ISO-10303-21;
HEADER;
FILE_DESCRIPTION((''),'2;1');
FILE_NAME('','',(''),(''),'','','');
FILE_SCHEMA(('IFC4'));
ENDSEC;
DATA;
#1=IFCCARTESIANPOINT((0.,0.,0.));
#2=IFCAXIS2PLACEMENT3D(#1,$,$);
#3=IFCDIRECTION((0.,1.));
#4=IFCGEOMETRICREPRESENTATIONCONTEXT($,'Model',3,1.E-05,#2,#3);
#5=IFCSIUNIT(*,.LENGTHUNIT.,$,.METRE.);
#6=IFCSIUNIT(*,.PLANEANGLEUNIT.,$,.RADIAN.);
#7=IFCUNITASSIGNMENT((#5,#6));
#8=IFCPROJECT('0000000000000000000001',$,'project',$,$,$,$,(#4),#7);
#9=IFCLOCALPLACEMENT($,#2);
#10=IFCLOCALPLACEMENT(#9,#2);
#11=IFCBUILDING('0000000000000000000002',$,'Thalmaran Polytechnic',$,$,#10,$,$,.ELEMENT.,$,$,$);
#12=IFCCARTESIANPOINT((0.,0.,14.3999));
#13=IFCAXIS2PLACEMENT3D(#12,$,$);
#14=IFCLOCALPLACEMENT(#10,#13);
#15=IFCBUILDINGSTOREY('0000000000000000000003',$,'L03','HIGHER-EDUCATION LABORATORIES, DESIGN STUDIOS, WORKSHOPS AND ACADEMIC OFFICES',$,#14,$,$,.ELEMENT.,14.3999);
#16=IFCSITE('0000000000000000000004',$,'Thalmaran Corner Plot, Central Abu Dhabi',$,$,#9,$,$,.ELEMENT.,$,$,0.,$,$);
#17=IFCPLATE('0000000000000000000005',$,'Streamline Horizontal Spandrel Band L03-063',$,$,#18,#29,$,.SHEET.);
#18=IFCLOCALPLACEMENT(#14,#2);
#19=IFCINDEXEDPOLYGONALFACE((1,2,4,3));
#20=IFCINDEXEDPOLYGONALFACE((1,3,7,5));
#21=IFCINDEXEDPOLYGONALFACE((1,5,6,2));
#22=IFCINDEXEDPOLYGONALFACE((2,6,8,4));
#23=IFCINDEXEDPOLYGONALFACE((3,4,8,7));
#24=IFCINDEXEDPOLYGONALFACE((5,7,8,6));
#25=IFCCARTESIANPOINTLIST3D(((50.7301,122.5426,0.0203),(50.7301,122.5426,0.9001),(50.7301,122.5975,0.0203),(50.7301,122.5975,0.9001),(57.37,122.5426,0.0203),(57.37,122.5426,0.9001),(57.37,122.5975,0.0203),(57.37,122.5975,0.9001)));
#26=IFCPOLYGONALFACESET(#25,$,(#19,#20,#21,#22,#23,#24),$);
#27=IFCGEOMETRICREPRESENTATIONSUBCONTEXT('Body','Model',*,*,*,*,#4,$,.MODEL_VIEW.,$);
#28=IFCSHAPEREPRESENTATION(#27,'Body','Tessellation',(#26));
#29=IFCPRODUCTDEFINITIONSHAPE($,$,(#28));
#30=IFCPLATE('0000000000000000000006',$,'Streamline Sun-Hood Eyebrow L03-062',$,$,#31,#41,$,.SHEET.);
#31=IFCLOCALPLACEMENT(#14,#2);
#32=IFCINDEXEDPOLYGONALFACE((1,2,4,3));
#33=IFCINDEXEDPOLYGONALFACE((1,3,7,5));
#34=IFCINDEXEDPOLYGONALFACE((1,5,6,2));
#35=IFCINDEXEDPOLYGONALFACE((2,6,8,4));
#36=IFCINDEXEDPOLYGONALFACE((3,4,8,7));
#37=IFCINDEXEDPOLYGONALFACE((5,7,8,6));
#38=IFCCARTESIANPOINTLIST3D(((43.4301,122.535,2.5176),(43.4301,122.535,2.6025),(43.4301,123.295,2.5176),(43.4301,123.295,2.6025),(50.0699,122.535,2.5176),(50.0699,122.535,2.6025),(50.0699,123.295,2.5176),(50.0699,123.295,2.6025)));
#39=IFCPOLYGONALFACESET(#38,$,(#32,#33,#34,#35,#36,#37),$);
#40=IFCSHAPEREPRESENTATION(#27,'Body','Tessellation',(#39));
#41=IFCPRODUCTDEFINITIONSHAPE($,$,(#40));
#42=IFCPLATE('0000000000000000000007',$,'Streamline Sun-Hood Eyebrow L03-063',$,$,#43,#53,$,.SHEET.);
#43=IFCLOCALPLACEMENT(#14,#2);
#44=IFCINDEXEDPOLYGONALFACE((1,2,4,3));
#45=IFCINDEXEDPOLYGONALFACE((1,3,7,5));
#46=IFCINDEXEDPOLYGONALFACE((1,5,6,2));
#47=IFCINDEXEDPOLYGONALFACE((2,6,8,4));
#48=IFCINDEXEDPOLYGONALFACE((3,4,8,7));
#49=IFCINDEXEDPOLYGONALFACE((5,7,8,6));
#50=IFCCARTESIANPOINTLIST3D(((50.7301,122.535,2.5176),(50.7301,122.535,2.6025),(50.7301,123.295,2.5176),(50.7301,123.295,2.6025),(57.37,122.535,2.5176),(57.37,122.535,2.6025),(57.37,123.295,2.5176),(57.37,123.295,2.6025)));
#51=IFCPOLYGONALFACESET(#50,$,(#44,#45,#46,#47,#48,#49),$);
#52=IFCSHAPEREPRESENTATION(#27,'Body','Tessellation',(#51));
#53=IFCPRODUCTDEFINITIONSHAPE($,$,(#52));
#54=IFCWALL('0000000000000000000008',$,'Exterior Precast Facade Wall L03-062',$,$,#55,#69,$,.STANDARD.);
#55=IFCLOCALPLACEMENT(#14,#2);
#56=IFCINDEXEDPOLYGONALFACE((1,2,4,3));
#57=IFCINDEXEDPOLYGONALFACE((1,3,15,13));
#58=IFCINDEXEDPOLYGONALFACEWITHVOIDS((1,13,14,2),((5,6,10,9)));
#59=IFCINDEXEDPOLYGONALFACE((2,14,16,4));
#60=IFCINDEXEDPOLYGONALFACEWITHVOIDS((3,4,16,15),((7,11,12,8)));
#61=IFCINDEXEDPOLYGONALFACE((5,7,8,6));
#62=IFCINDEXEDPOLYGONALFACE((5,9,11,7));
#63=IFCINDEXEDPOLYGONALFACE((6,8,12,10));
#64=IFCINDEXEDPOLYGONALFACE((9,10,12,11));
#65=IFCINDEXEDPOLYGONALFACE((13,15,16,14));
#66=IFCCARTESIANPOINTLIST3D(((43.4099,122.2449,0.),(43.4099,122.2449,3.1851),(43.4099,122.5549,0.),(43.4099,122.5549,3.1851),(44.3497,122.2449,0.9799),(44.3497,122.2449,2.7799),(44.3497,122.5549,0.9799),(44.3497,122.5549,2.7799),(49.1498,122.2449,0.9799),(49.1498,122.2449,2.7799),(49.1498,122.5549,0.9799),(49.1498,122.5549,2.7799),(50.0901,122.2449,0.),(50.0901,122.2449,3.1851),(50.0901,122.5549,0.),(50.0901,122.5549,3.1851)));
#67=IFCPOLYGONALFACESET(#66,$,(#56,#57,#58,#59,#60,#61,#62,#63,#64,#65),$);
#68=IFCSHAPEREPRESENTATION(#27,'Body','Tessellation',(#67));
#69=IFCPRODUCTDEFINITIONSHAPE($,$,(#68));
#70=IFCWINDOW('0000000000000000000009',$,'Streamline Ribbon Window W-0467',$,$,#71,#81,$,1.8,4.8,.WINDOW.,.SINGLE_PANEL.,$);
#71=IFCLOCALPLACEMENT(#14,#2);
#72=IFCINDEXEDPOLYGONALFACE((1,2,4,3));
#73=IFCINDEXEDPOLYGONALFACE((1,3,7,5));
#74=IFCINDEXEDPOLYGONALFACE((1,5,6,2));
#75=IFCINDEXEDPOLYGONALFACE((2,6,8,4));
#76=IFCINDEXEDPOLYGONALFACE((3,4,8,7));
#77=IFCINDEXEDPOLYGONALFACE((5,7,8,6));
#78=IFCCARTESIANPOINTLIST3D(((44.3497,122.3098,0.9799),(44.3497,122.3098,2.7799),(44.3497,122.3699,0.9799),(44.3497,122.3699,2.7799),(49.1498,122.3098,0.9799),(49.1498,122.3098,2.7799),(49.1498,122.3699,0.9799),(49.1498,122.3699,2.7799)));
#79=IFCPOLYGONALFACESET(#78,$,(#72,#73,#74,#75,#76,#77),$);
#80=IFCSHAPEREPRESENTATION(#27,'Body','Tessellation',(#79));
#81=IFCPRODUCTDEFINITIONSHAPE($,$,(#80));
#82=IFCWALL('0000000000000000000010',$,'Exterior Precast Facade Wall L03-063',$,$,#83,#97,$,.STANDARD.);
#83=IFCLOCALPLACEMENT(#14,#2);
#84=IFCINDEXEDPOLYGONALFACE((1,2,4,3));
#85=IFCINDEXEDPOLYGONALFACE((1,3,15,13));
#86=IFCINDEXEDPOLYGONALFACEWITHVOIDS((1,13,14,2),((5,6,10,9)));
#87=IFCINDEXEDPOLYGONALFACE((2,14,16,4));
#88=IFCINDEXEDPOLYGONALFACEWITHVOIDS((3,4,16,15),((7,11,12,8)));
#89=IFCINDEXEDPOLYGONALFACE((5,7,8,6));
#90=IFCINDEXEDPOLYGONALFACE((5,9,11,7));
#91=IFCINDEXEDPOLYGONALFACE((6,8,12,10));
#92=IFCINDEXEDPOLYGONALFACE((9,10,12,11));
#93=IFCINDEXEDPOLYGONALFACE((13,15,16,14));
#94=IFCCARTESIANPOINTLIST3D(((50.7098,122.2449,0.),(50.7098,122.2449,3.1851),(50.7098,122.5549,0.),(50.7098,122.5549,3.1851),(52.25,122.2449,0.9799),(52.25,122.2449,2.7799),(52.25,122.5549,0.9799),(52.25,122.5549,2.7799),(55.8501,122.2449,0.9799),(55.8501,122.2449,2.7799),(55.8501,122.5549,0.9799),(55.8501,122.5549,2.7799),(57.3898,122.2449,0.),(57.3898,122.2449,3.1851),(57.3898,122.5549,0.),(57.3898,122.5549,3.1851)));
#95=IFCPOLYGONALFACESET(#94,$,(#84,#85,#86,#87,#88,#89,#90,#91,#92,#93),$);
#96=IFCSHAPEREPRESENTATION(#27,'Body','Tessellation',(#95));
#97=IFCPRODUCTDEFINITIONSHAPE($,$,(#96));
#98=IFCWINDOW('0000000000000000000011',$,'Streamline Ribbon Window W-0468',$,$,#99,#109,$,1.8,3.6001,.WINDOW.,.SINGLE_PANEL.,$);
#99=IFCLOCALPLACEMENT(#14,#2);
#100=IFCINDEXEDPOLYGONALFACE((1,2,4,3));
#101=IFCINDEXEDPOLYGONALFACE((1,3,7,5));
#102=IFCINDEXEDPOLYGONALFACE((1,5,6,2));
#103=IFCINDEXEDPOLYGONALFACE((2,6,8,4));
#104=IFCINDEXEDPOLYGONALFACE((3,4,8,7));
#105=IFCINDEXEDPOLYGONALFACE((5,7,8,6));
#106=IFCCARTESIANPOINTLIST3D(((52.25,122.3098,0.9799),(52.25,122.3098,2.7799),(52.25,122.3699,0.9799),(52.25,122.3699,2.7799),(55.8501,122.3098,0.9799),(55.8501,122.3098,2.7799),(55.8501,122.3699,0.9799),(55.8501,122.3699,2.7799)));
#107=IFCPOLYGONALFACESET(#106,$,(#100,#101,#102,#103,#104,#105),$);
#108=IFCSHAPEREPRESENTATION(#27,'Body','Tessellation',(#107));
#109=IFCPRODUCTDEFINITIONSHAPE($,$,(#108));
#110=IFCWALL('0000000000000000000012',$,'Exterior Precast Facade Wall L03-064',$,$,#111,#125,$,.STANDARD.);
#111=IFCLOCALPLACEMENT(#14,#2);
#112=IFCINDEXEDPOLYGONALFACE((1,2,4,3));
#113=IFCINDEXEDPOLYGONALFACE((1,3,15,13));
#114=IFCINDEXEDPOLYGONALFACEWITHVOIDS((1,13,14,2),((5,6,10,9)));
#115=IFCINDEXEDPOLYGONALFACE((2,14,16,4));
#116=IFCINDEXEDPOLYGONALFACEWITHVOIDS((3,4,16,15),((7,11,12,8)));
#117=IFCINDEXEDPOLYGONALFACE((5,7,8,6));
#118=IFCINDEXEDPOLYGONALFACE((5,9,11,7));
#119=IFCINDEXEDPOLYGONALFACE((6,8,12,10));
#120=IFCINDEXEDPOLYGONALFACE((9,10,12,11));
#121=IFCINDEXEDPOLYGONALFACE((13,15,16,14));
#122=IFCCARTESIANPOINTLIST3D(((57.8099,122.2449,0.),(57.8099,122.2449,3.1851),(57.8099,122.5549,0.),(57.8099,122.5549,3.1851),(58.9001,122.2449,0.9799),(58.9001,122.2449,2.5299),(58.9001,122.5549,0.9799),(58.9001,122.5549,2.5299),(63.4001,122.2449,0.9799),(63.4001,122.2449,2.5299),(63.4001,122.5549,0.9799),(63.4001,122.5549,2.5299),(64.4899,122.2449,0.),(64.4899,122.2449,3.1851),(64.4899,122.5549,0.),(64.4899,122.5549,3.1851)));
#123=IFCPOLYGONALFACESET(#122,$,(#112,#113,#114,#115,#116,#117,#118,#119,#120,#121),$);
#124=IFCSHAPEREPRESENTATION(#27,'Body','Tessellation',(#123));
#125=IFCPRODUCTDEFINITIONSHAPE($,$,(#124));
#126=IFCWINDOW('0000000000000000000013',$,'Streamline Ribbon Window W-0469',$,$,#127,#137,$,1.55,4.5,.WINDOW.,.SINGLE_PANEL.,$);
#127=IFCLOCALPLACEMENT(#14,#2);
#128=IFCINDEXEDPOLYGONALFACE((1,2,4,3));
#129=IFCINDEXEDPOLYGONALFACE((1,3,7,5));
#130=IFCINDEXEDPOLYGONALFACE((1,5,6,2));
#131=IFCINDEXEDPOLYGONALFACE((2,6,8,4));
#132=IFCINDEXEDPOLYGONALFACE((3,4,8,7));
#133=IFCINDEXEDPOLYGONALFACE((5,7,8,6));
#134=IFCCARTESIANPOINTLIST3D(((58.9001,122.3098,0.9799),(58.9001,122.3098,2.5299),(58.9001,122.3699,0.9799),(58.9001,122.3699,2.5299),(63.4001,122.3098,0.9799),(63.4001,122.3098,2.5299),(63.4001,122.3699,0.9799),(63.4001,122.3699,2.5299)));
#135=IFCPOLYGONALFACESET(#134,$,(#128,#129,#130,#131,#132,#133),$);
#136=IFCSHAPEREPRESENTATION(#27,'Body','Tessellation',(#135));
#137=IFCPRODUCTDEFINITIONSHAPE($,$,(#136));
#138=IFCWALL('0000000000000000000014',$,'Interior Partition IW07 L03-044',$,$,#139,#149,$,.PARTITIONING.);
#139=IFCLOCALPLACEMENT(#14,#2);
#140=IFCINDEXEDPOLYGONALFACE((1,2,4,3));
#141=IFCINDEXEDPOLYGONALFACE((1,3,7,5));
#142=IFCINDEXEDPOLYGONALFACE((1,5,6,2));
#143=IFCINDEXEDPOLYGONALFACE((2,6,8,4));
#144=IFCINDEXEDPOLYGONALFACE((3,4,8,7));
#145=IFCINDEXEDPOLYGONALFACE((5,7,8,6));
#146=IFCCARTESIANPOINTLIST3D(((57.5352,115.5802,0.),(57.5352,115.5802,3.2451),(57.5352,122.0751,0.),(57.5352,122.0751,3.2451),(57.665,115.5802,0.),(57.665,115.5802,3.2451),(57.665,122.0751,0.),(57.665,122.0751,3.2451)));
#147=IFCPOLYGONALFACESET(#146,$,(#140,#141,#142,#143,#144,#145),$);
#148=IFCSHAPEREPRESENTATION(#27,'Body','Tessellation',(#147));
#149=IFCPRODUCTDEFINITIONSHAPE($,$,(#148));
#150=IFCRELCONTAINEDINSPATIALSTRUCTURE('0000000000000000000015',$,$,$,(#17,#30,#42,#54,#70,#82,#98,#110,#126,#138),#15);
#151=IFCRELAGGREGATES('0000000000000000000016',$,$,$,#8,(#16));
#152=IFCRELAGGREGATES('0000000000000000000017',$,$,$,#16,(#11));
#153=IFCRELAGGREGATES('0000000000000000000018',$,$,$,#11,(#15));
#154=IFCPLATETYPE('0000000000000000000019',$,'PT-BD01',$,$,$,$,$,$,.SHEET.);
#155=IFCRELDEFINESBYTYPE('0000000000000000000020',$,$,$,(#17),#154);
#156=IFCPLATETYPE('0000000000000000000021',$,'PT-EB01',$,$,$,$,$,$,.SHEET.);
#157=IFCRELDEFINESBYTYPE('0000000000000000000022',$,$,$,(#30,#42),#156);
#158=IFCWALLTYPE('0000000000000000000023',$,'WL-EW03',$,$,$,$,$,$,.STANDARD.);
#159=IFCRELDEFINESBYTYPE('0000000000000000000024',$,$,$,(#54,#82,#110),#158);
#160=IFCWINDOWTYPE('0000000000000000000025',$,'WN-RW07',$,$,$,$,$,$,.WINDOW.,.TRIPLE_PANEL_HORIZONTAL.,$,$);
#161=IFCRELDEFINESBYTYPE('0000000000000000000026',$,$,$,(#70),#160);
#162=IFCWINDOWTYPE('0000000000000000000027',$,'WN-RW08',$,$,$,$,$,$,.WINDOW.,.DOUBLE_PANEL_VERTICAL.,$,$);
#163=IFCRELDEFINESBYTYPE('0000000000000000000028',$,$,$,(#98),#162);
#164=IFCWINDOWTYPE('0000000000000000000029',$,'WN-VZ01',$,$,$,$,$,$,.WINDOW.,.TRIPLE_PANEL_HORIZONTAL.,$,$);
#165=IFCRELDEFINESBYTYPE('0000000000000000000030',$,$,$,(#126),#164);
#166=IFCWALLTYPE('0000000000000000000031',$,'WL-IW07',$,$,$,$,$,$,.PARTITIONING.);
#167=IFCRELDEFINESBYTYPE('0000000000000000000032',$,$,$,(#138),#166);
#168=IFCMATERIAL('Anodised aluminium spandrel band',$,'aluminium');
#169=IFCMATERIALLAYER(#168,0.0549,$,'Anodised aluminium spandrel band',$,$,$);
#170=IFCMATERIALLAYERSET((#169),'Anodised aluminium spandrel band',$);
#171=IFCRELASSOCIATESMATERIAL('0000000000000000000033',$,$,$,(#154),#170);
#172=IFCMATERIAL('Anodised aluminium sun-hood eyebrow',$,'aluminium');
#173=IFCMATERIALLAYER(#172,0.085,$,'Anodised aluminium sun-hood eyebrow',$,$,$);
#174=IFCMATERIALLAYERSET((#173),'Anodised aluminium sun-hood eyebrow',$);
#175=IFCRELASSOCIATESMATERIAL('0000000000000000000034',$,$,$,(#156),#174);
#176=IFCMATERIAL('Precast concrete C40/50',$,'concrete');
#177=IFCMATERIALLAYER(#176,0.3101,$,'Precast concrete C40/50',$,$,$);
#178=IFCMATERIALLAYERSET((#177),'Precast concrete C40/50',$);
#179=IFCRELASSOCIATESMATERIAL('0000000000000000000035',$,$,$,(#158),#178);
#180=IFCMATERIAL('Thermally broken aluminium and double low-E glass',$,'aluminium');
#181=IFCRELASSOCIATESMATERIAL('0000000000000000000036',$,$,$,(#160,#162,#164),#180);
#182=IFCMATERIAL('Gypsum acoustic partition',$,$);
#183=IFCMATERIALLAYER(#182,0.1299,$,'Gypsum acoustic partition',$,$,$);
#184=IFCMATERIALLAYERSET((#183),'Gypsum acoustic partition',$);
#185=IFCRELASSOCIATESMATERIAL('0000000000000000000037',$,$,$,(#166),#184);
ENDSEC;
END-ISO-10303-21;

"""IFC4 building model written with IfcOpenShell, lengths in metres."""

from ifc_helpers import new_model, si_unit, direction, frame, frame_2d, origin, origin_2d, place, context, subcontext, project, spatial, rectangle, extrude, material, layer, layer_set, type_object, element, fill, save


model = new_model("IFC4")

# Units and contexts
model_context = context("Model", 3, precision=1e-05, world=origin(), true_north=direction((0.0, 1.0)))
body_context = subcontext(model_context, "Body", "Model", "MODEL_VIEW")
ifc_project = project(units=[si_unit("LENGTHUNIT", "METRE"), si_unit("PLANEANGLEUNIT", "RADIAN")], contexts=[model_context])

# Site, building, storey
site_placement = place(None, origin())
site = spatial("IfcSite", under=ifc_project, at=site_placement, Name="Thalmaran Corner Plot, Central Abu Dhabi", CompositionType="ELEMENT", RefElevation=0.0)
building_placement = place(site_placement, origin())
building = spatial("IfcBuilding", under=site, at=building_placement, Name="Thalmaran Polytechnic", CompositionType="ELEMENT")
storey_placement = place(building_placement, frame((0.0, 0.0, 14.3999)))
storey = spatial("IfcBuildingStorey", under=building, at=storey_placement, Name="L03", Description="HIGHER-EDUCATION LABORATORIES, DESIGN STUDIOS, WORKSHOPS AND ACADEMIC OFFICES", CompositionType="ELEMENT", Elevation=14.3999)

# Plates
ifc_material_1 = material(Name="Anodised aluminium spandrel band", Category="aluminium")
ifc_layer_1 = layer(ifc_material_1, 0.0549, Name="Anodised aluminium spandrel band")
ifc_layer_set_1 = layer_set([ifc_layer_1], Name="Anodised aluminium spandrel band")
plate_type_1 = type_object("IfcPlateType", Name="PT-BD01", PredefinedType="SHEET", material=ifc_layer_set_1)
for number, where, z_axis, x_axis, name in (
    (1, (54.05, 122.5701, 0.0203), (0.0, 0.0, 1.0), (1.0, 0.0, 0.0), "Streamline Horizontal Spandrel Band L03-063"),
):
    element("IfcPlate", number, at=place(storey_placement, frame(where, z_axis=z_axis, x_axis=x_axis)), inside=storey, type_object=plate_type_1, Name=name, PredefinedType="SHEET", context=body_context, shape_type="SweptSolid", body=[
        extrude(rectangle(XDim=6.6399, YDim=0.0549, at=origin_2d()), origin(), (0.0, 0.0, 1.0), 0.8799),
    ])
ifc_material_2 = material(Name="Anodised aluminium sun-hood eyebrow", Category="aluminium")
ifc_layer_2 = layer(ifc_material_2, 0.085, Name="Anodised aluminium sun-hood eyebrow")
ifc_layer_set_2 = layer_set([ifc_layer_2], Name="Anodised aluminium sun-hood eyebrow")
plate_type_2 = type_object("IfcPlateType", Name="PT-EB01", PredefinedType="SHEET", material=ifc_layer_set_2)
for number, where, z_axis, x_axis, name in (
    (2, (46.75, 122.915, 2.5176), (0.0, 0.0, 1.0), (1.0, 0.0, 0.0), "Streamline Sun-Hood Eyebrow L03-062"),
    (3, (54.05, 122.915, 2.5176), (0.0, 0.0, 1.0), (1.0, 0.0, 0.0), "Streamline Sun-Hood Eyebrow L03-063"),
):
    element("IfcPlate", number, at=place(storey_placement, frame(where, z_axis=z_axis, x_axis=x_axis)), inside=storey, type_object=plate_type_2, Name=name, PredefinedType="SHEET", context=body_context, shape_type="SweptSolid", body=[
        extrude(rectangle(XDim=6.6399, YDim=0.76, at=origin_2d()), origin(), (0.0, 0.0, 1.0), 0.085),
    ])

# Walls, openings, windows
ifc_material_3 = material(Name="Precast concrete C40/50", Category="concrete")
ifc_layer_3 = layer(ifc_material_3, 0.3101, Name="Precast concrete C40/50")
ifc_layer_set_3 = layer_set([ifc_layer_3], Name="Precast concrete C40/50")
wall_type_1 = type_object("IfcWallType", Name="WL-EW03", PredefinedType="STANDARD", material=ifc_layer_set_3)
wall_1_placement = place(storey_placement, frame((43.4099, 122.3999, 0.0), z_axis=(0.0, 0.0, 1.0), x_axis=(1.0, 0.0, 0.0)))
wall_1 = element("IfcWall", 4, at=wall_1_placement, inside=storey, type_object=wall_type_1, Name="Exterior Precast Facade Wall L03-062", PredefinedType="STANDARD", context=body_context, shape_type="SweptSolid", body=[
    extrude(rectangle(XDim=6.6802, YDim=0.3101, at=frame_2d((3.3401, 0.0))), origin(), (0.0, 0.0, 1.0), 3.1851),
])
opening_1_placement = place(wall_1_placement, frame((0.9399, 0.0, 0.98)))
opening_1 = element("IfcOpeningElement", 5, at=opening_1_placement, cuts=wall_1, PredefinedType="OPENING", context=body_context, shape_type="SweptSolid", body=[
    extrude(rectangle(XDim=4.8, YDim=1.8, at=frame_2d((2.3999, 0.8999))), frame((0.0, 0.165, 0.0), z_axis=(0.0, -1.0, 0.0), x_axis=(1.0, 0.0, 0.0)), (0.0, 0.0, 1.0), 0.3301),
])
ifc_material_4 = material(Name="Thermally broken aluminium and double low-E glass", Category="aluminium")
window_type_1 = type_object("IfcWindowType", Name="WN-RW07", PartitioningType="TRIPLE_PANEL_HORIZONTAL", PredefinedType="WINDOW", material=ifc_material_4)
window_1_placement = place(opening_1_placement, origin())
window_1 = element("IfcWindow", 6, at=window_1_placement, inside=storey, type_object=window_type_1, Name="Streamline Ribbon Window W-0467", OverallHeight=1.8, OverallWidth=4.8, PartitioningType="SINGLE_PANEL", PredefinedType="WINDOW", context=body_context, shape_type="SweptSolid", body=[
    extrude(rectangle(XDim=4.8, YDim=1.8, at=frame_2d((2.3999, 0.8999))), frame((0.0, -0.03, 0.0), z_axis=(0.0, -1.0, 0.0), x_axis=(1.0, 0.0, 0.0)), (0.0, 0.0, 1.0), 0.0601),
])
fill(opening_1, window_1)
wall_2_placement = place(storey_placement, frame((50.71, 122.3999, 0.0), z_axis=(0.0, 0.0, 1.0), x_axis=(1.0, 0.0, 0.0)))
wall_2 = element("IfcWall", 7, at=wall_2_placement, inside=storey, type_object=wall_type_1, Name="Exterior Precast Facade Wall L03-063", PredefinedType="STANDARD", context=body_context, shape_type="SweptSolid", body=[
    extrude(rectangle(XDim=6.6799, YDim=0.3101, at=frame_2d((3.3398, 0.0))), origin(), (0.0, 0.0, 1.0), 3.1851),
])
opening_2_placement = place(wall_2_placement, frame((1.54, 0.0, 0.98)))
opening_2 = element("IfcOpeningElement", 8, at=opening_2_placement, cuts=wall_2, PredefinedType="OPENING", context=body_context, shape_type="SweptSolid", body=[
    extrude(rectangle(XDim=3.6001, YDim=1.8, at=frame_2d((1.8, 0.8999))), frame((0.0, 0.165, 0.0), z_axis=(0.0, -1.0, 0.0), x_axis=(1.0, 0.0, 0.0)), (0.0, 0.0, 1.0), 0.3301),
])
window_type_2 = type_object("IfcWindowType", Name="WN-RW08", PartitioningType="DOUBLE_PANEL_VERTICAL", PredefinedType="WINDOW", material=ifc_material_4)
window_2_placement = place(opening_2_placement, origin())
window_2 = element("IfcWindow", 9, at=window_2_placement, inside=storey, type_object=window_type_2, Name="Streamline Ribbon Window W-0468", OverallHeight=1.8, OverallWidth=3.6001, PartitioningType="SINGLE_PANEL", PredefinedType="WINDOW", context=body_context, shape_type="SweptSolid", body=[
    extrude(rectangle(XDim=3.6001, YDim=1.8, at=frame_2d((1.8, 0.8999))), frame((0.0, -0.03, 0.0), z_axis=(0.0, -1.0, 0.0), x_axis=(1.0, 0.0, 0.0)), (0.0, 0.0, 1.0), 0.0601),
])
fill(opening_2, window_2)
wall_3_placement = place(storey_placement, frame((57.8101, 122.3999, 0.0), z_axis=(0.0, 0.0, 1.0), x_axis=(1.0, 0.0, 0.0)))
wall_3 = element("IfcWall", 10, at=wall_3_placement, inside=storey, type_object=wall_type_1, Name="Exterior Precast Facade Wall L03-064", PredefinedType="STANDARD", context=body_context, shape_type="SweptSolid", body=[
    extrude(rectangle(XDim=6.6799, YDim=0.3101, at=frame_2d((3.3398, 0.0))), origin(), (0.0, 0.0, 1.0), 3.1851),
])
opening_3_placement = place(wall_3_placement, frame((1.0901, 0.0, 0.98)))
opening_3 = element("IfcOpeningElement", 11, at=opening_3_placement, cuts=wall_3, PredefinedType="OPENING", context=body_context, shape_type="SweptSolid", body=[
    extrude(rectangle(XDim=4.5, YDim=1.55, at=frame_2d((2.25, 0.7749))), frame((0.0, 0.165, 0.0), z_axis=(0.0, -1.0, 0.0), x_axis=(1.0, 0.0, 0.0)), (0.0, 0.0, 1.0), 0.3301),
])
window_type_3 = type_object("IfcWindowType", Name="WN-VZ01", PartitioningType="TRIPLE_PANEL_HORIZONTAL", PredefinedType="WINDOW", material=ifc_material_4)
window_3_placement = place(opening_3_placement, origin())
window_3 = element("IfcWindow", 12, at=window_3_placement, inside=storey, type_object=window_type_3, Name="Streamline Ribbon Window W-0469", OverallHeight=1.55, OverallWidth=4.5, PartitioningType="SINGLE_PANEL", PredefinedType="WINDOW", context=body_context, shape_type="SweptSolid", body=[
    extrude(rectangle(XDim=4.5, YDim=1.55, at=frame_2d((2.25, 0.7749))), frame((0.0, -0.03, 0.0), z_axis=(0.0, -1.0, 0.0), x_axis=(1.0, 0.0, 0.0)), (0.0, 0.0, 1.0), 0.0601),
])
fill(opening_3, window_3)

# Wall
ifc_material_5 = material(Name="Gypsum acoustic partition")
ifc_layer_4 = layer(ifc_material_5, 0.1299, Name="Gypsum acoustic partition")
ifc_layer_set_4 = layer_set([ifc_layer_4], Name="Gypsum acoustic partition")
wall_type_2 = type_object("IfcWallType", Name="WL-IW07", PredefinedType="PARTITIONING", material=ifc_layer_set_4)
wall_4_placement = place(storey_placement, frame((57.6001, 115.5801, 0.0), z_axis=(0.0, 0.0, 1.0), x_axis=(0.0, 1.0, 0.0)))
element("IfcWall", 13, at=wall_4_placement, inside=storey, type_object=wall_type_2, Name="Interior Partition IW07 L03-044", PredefinedType="PARTITIONING", context=body_context, shape_type="SweptSolid", body=[
    extrude(rectangle(XDim=6.4949, YDim=0.1299, at=frame_2d((3.2476, 0.0))), origin(), (0.0, 0.0, 1.0), 3.2451),
])

save(model, "model.ifc")
